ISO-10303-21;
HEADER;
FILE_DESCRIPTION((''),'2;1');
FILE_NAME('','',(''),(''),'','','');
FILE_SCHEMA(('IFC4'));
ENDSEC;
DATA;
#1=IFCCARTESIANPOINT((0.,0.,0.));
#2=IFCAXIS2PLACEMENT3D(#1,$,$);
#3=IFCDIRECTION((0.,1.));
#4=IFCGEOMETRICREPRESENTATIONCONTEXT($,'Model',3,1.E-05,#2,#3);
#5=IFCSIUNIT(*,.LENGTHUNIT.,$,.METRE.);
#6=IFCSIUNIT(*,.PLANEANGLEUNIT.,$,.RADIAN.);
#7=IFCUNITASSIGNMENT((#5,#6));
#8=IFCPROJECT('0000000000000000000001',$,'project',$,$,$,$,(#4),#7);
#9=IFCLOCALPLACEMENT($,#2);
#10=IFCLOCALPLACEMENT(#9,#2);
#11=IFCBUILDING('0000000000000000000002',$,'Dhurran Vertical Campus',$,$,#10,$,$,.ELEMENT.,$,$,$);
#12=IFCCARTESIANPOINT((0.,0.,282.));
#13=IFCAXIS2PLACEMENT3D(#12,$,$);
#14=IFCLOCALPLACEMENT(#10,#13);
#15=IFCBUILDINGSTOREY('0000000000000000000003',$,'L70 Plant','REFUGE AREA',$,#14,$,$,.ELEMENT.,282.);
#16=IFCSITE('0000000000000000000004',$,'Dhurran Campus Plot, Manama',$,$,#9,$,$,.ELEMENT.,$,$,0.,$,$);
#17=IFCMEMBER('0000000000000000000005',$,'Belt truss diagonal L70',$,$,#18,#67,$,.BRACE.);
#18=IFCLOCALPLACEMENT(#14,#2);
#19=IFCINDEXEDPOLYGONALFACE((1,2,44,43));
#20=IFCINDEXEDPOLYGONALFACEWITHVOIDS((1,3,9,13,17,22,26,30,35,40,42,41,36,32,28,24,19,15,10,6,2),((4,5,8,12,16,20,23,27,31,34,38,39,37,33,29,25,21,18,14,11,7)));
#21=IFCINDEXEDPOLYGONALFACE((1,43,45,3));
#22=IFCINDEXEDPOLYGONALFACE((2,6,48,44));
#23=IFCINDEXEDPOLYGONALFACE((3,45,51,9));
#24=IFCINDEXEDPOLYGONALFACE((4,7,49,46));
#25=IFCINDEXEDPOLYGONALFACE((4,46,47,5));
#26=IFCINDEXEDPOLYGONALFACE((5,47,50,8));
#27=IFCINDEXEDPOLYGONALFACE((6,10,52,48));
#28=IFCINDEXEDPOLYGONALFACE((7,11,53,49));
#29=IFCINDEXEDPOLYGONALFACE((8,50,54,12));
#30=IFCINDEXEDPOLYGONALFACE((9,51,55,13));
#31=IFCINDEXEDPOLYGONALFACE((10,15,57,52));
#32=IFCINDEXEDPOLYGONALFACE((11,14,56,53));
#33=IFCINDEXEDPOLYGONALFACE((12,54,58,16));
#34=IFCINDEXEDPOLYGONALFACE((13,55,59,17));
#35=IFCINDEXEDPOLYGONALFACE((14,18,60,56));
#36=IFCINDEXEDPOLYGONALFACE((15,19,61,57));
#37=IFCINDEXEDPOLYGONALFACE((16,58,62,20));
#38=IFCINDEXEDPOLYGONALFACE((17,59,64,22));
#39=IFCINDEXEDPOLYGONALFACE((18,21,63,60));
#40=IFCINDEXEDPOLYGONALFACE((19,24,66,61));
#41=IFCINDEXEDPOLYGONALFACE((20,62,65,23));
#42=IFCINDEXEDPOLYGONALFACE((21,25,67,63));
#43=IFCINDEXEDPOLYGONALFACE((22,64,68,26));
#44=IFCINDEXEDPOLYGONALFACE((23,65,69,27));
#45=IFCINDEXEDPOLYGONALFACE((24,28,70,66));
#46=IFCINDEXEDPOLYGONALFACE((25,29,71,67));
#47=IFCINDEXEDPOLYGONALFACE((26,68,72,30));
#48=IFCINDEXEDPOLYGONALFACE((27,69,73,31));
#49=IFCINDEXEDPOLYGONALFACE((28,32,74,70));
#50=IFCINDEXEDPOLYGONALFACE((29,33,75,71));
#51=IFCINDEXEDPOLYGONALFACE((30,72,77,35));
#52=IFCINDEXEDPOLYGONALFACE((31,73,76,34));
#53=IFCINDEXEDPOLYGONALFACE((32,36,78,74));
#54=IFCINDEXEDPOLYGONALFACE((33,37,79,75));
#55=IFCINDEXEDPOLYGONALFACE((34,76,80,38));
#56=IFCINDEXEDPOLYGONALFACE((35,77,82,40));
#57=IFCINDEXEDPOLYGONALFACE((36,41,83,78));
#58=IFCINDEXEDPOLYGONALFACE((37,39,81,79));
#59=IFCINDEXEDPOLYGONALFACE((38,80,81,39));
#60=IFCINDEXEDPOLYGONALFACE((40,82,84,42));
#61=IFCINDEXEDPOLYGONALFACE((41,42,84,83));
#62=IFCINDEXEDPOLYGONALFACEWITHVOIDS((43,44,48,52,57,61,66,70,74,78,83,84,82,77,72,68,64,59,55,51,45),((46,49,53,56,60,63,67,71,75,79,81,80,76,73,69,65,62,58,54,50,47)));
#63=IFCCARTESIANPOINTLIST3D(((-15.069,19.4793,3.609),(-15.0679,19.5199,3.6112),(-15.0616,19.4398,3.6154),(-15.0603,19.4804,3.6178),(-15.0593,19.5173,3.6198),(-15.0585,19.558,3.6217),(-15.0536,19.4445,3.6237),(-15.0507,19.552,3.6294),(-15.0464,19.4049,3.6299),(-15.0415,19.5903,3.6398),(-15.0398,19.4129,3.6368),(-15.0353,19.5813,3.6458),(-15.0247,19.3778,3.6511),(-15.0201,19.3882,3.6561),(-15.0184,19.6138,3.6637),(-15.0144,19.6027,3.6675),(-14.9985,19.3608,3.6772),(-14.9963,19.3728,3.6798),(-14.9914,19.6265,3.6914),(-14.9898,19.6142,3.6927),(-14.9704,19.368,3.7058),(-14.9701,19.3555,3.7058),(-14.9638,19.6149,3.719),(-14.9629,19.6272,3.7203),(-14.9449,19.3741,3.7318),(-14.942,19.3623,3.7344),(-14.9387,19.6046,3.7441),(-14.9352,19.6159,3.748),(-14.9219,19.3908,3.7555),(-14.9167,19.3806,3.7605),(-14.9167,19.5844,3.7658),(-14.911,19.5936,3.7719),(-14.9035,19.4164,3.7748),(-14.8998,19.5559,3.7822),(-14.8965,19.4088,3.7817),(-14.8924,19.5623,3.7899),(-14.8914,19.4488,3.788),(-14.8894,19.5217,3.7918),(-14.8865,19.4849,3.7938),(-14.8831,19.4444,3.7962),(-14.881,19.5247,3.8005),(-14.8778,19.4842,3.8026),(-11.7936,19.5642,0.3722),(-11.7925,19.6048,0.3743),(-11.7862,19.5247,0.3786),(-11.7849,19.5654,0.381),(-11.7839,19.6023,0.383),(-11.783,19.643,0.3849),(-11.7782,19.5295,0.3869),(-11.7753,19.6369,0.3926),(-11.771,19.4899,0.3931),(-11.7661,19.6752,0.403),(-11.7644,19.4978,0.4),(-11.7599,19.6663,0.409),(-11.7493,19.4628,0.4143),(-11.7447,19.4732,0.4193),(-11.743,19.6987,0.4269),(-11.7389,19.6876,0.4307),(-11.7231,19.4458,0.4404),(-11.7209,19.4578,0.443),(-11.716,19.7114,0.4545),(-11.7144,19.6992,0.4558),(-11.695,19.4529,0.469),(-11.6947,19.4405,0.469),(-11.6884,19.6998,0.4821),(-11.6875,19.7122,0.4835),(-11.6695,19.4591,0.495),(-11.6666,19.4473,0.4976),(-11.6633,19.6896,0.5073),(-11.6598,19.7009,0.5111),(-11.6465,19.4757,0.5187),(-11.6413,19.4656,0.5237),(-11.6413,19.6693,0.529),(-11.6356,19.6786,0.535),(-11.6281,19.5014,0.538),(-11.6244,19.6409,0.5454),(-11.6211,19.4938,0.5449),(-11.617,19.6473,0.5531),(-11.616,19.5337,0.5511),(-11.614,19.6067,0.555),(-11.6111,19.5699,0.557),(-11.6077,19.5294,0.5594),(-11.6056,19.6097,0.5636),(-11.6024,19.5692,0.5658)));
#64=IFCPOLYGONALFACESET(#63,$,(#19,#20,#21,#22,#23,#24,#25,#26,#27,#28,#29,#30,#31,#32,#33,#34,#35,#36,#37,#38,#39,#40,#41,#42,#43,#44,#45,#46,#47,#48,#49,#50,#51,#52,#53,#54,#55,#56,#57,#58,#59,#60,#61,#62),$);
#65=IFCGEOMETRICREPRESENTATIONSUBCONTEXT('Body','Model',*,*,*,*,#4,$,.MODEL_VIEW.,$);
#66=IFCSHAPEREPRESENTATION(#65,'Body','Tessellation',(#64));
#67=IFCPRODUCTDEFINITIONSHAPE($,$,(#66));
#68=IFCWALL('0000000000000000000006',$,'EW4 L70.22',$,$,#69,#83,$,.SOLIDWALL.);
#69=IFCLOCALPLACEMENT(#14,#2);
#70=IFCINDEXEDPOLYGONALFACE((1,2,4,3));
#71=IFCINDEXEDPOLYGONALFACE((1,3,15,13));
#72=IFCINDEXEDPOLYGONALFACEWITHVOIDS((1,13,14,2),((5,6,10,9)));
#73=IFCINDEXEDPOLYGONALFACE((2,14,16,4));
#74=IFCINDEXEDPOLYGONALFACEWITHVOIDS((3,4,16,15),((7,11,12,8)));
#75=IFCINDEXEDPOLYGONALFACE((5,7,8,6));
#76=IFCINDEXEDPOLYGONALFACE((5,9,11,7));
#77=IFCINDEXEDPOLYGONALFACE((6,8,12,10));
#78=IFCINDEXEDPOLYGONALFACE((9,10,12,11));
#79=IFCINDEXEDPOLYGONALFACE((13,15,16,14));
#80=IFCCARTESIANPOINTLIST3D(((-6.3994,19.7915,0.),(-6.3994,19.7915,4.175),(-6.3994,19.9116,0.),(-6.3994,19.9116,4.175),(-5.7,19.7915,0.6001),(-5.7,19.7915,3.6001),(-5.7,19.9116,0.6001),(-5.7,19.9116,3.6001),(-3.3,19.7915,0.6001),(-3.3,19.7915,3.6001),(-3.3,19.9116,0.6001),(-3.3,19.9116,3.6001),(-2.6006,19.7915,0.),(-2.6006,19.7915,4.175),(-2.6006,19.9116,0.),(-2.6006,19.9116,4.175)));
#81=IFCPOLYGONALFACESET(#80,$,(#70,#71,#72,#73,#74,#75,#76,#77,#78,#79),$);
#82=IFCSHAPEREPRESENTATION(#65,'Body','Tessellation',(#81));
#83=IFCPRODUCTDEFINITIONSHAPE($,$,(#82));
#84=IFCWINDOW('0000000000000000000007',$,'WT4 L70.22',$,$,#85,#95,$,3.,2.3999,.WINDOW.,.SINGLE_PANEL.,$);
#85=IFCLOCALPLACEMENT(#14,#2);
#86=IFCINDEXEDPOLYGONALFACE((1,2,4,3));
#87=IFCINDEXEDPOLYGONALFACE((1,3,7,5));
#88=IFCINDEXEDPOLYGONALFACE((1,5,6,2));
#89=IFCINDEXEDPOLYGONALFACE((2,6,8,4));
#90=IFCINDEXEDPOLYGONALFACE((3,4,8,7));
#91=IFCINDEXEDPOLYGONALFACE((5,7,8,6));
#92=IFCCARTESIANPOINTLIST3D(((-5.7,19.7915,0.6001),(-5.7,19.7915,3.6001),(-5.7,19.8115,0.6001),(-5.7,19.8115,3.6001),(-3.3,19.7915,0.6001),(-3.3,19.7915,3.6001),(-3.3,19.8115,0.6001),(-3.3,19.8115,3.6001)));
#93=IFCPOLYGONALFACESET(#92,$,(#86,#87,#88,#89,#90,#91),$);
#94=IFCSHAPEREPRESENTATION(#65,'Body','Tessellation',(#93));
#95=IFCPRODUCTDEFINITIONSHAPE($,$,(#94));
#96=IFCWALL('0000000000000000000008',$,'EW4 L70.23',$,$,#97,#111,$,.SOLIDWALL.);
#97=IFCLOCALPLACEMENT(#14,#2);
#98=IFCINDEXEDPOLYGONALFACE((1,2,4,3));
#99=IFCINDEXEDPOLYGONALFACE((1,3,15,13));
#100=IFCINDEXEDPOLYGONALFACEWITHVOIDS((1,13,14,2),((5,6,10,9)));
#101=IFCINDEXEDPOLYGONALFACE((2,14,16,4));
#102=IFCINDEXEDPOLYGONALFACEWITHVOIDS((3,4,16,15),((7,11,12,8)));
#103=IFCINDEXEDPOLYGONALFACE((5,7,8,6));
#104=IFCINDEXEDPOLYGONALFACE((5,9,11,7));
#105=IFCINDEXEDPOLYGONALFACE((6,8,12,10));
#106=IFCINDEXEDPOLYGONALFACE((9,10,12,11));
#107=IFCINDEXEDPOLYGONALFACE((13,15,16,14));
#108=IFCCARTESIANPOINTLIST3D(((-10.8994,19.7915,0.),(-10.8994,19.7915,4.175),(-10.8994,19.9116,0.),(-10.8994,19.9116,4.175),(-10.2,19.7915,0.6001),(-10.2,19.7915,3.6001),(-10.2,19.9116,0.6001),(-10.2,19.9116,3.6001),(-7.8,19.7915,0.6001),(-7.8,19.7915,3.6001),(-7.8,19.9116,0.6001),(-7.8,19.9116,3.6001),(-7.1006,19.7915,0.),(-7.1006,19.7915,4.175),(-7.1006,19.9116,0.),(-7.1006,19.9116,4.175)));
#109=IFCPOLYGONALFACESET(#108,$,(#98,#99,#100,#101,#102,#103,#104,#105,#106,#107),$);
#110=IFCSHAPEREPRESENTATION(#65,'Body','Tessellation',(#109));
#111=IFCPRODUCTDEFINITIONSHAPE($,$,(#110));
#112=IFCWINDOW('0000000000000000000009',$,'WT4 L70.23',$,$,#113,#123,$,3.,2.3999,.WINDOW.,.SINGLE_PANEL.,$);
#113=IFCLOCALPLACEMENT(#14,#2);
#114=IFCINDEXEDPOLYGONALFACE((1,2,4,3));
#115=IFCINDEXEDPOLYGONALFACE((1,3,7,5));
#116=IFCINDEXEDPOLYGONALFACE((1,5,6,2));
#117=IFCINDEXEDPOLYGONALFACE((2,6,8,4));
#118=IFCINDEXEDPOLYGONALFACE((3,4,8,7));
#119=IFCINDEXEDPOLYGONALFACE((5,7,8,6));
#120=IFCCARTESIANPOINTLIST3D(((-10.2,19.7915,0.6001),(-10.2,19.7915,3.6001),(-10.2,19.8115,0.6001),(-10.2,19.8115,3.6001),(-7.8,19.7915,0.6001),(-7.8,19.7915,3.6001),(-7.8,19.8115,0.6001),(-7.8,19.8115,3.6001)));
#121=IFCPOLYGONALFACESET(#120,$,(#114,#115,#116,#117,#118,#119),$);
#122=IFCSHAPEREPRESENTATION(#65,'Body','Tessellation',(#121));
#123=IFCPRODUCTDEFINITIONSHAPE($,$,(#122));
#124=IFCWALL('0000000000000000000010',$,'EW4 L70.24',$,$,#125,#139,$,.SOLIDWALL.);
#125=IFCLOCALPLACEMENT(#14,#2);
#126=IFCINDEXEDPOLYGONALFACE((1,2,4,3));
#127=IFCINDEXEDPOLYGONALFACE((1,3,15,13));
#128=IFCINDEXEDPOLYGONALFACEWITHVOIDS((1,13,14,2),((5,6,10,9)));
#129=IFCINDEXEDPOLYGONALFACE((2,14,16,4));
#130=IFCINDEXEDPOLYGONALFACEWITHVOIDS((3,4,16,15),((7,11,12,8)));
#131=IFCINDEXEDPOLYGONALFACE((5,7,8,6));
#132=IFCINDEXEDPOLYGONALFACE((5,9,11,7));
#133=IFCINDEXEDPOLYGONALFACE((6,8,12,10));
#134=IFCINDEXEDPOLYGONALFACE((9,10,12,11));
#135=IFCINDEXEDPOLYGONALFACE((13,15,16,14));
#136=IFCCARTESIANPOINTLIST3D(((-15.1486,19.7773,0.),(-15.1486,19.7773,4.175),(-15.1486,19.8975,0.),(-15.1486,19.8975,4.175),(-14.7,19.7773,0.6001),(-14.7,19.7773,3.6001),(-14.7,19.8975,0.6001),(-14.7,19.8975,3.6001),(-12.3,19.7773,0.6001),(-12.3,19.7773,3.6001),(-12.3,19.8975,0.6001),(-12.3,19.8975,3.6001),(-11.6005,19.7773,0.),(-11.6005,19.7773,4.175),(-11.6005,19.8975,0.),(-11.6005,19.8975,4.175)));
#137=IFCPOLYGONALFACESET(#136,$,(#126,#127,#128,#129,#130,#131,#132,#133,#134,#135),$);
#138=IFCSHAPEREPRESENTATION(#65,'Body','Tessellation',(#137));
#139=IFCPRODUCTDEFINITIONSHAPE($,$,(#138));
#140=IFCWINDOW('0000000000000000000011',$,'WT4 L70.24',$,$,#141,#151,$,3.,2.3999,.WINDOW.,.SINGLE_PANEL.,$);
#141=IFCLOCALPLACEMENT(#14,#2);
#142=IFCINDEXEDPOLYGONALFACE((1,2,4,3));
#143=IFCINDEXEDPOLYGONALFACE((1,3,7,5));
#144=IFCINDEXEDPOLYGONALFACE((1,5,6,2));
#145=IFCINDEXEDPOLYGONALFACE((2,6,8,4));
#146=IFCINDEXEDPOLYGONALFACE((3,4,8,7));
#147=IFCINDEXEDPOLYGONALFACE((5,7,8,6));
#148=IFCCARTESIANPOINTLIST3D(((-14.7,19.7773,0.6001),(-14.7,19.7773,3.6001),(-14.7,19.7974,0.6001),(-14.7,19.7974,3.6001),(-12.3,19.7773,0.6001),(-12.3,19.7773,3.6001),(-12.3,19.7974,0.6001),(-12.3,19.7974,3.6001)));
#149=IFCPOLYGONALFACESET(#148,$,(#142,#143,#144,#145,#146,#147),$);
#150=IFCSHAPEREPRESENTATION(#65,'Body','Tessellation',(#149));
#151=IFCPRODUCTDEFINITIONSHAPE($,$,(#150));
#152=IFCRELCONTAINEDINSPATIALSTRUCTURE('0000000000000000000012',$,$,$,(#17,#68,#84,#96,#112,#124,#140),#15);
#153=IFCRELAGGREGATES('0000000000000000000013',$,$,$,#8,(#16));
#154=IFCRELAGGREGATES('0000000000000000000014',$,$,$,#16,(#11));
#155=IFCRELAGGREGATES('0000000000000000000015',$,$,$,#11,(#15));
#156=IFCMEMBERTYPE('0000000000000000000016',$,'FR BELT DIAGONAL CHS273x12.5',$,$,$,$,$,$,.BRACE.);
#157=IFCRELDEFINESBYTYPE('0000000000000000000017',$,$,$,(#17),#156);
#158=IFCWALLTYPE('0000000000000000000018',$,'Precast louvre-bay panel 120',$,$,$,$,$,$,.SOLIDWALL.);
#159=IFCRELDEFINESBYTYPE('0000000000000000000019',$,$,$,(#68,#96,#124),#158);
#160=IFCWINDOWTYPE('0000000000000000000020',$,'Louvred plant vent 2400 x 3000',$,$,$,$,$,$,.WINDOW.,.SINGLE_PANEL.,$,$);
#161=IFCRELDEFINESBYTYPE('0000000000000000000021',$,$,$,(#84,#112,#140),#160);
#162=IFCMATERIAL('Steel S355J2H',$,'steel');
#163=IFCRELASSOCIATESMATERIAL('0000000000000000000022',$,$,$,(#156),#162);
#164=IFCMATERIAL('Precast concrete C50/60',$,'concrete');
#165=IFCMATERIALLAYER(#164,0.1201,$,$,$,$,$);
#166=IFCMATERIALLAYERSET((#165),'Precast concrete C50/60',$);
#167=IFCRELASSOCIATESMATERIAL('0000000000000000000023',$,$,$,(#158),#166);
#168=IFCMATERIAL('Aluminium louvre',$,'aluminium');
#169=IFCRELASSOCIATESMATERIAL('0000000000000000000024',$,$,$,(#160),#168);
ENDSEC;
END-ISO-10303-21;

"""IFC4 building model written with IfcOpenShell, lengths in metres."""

from ifc_helpers import new_model, si_unit, direction, frame, frame_2d, origin, origin_2d, place, context, subcontext, project, spatial, rectangle, hollow_circle, extrude, material, layer, layer_set, material_profile, profile_set, type_object, element, fill, save


model = new_model("IFC4")

# Units and contexts
model_context = context("Model", 3, precision=1e-05, world=origin(), true_north=direction((0.0, 1.0)))
body_context = subcontext(model_context, "Body", "Model", "MODEL_VIEW")
ifc_project = project(units=[si_unit("LENGTHUNIT", "METRE"), si_unit("PLANEANGLEUNIT", "RADIAN")], contexts=[model_context])

# Site, building, storey
site_placement = place(None, origin())
site = spatial("IfcSite", under=ifc_project, at=site_placement, Name="Dhurran Campus Plot, Manama", CompositionType="ELEMENT", RefElevation=0.0)
building_placement = place(site_placement, origin())
building = spatial("IfcBuilding", under=site, at=building_placement, Name="Dhurran Vertical Campus", CompositionType="ELEMENT")
storey_placement = place(building_placement, frame((0.0, 0.0, 282.0)))
storey = spatial("IfcBuildingStorey", under=building, at=storey_placement, Name="L70 Plant", Description="REFUGE AREA", CompositionType="ELEMENT", Elevation=282.0)

# Member
ifc_material_1 = material(Name="Steel S355J2H", Category="steel")
ifc_material_profile_1 = material_profile(ifc_material_1, hollow_circle(Radius=0.1365, WallThickness=0.0125, at=origin_2d()), Name="CHS273x12.5")
ifc_profile_set_1 = profile_set([ifc_material_profile_1], Name="Steel S355J2H")
member_type = type_object("IfcMemberType", Name="FR BELT DIAGONAL CHS273x12.5", PredefinedType="BRACE", material=ifc_profile_set_1)
member_placement = place(storey_placement, frame((-11.6982, 19.5769, 0.469), z_axis=(-0.711162, -0.018447, 0.702786), x_axis=(0.02593, -0.999664, 0.0)))
element("IfcMember", 1, at=member_placement, inside=storey, type_object=member_type, Name="Belt truss diagonal L70", PredefinedType="BRACE", context=body_context, shape_type="SweptSolid", body=[
    extrude(hollow_circle(Radius=0.1365, WallThickness=0.0125, at=origin_2d()), origin(), (0.0, 0.0, 1.0), 4.6057),
])

# Walls, openings, windows
ifc_material_2 = material(Name="Precast concrete C50/60", Category="concrete")
ifc_layer = layer(ifc_material_2, 0.1201)
ifc_layer_set = layer_set([ifc_layer], Name="Precast concrete C50/60")
wall_type = type_object("IfcWallType", Name="Precast louvre-bay panel 120", PredefinedType="SOLIDWALL", material=ifc_layer_set)
wall_1_placement = place(storey_placement, frame((-2.6006, 19.8516, 0.0), z_axis=(0.0, 0.0, 1.0), x_axis=(-1.0, 0.0, 0.0)))
wall_1 = element("IfcWall", 2, at=wall_1_placement, inside=storey, type_object=wall_type, Name="EW4 L70.22", PredefinedType="SOLIDWALL", context=body_context, shape_type="SweptSolid", body=[
    extrude(rectangle(XDim=3.7988, YDim=0.1201, at=frame_2d((1.8994, 0.0))), origin(), (0.0, 0.0, 1.0), 4.175),
])
opening_1_placement = place(wall_1_placement, frame((0.6995, 0.0, 0.6001)))
opening_1 = element("IfcOpeningElement", 3, at=opening_1_placement, cuts=wall_1, PredefinedType="OPENING", context=body_context, shape_type="SweptSolid", body=[
    extrude(rectangle(XDim=2.3999, YDim=3.0, at=frame_2d((1.2, 1.5))), frame((0.0, 0.0701, 0.0), z_axis=(0.0, -1.0, 0.0), x_axis=(1.0, 0.0, 0.0)), (0.0, 0.0, 1.0), 0.1401),
])
ifc_material_3 = material(Name="Aluminium louvre", Category="aluminium")
window_type = type_object("IfcWindowType", Name="Louvred plant vent 2400 x 3000", PartitioningType="SINGLE_PANEL", PredefinedType="WINDOW", material=ifc_material_3)
window_1_placement = place(opening_1_placement, origin())
window_1 = element("IfcWindow", 4, at=window_1_placement, inside=storey, type_object=window_type, Name="WT4 L70.22", OverallHeight=3.0, OverallWidth=2.3999, PartitioningType="SINGLE_PANEL", PredefinedType="WINDOW", context=body_context, shape_type="SweptSolid", body=[
    extrude(rectangle(XDim=2.3999, YDim=3.0, at=frame_2d((1.2, 1.5))), frame((0.0, 0.0601, 0.0), z_axis=(0.0, -1.0, 0.0), x_axis=(1.0, 0.0, 0.0)), (0.0, 0.0, 1.0), 0.02),
])
fill(opening_1, window_1)
wall_2_placement = place(storey_placement, frame((-7.1006, 19.8516, 0.0), z_axis=(0.0, 0.0, 1.0), x_axis=(-1.0, 0.0, 0.0)))
wall_2 = element("IfcWall", 5, at=wall_2_placement, inside=storey, type_object=wall_type, Name="EW4 L70.23", PredefinedType="SOLIDWALL", context=body_context, shape_type="SweptSolid", body=[
    extrude(rectangle(XDim=3.7988, YDim=0.1201, at=frame_2d((1.8994, 0.0))), origin(), (0.0, 0.0, 1.0), 4.175),
])
opening_2_placement = place(wall_2_placement, frame((0.6995, 0.0, 0.6001)))
opening_2 = element("IfcOpeningElement", 6, at=opening_2_placement, cuts=wall_2, PredefinedType="OPENING", context=body_context, shape_type="SweptSolid", body=[
    extrude(rectangle(XDim=2.3999, YDim=3.0, at=frame_2d((1.2, 1.5))), frame((0.0, 0.0701, 0.0), z_axis=(0.0, -1.0, 0.0), x_axis=(1.0, 0.0, 0.0)), (0.0, 0.0, 1.0), 0.1401),
])
window_2_placement = place(opening_2_placement, origin())
window_2 = element("IfcWindow", 7, at=window_2_placement, inside=storey, type_object=window_type, Name="WT4 L70.23", OverallHeight=3.0, OverallWidth=2.3999, PartitioningType="SINGLE_PANEL", PredefinedType="WINDOW", context=body_context, shape_type="SweptSolid", body=[
    extrude(rectangle(XDim=2.3999, YDim=3.0, at=frame_2d((1.2, 1.5))), frame((0.0, 0.0601, 0.0), z_axis=(0.0, -1.0, 0.0), x_axis=(1.0, 0.0, 0.0)), (0.0, 0.0, 1.0), 0.02),
])
fill(opening_2, window_2)
wall_3_placement = place(storey_placement, frame((-11.6006, 19.8374, 0.0), z_axis=(0.0, 0.0, 1.0), x_axis=(-1.0, 0.0, 0.0)))
wall_3 = element("IfcWall", 8, at=wall_3_placement, inside=storey, type_object=wall_type, Name="EW4 L70.24", PredefinedType="SOLIDWALL", context=body_context, shape_type="SweptSolid", body=[
    extrude(rectangle(XDim=3.5481, YDim=0.1201, at=frame_2d((1.7739, 0.0))), origin(), (0.0, 0.0, 1.0), 4.175),
])
opening_3_placement = place(wall_3_placement, frame((0.6995, 0.0, 0.6001)))
opening_3 = element("IfcOpeningElement", 9, at=opening_3_placement, cuts=wall_3, PredefinedType="OPENING", context=body_context, shape_type="SweptSolid", body=[
    extrude(rectangle(XDim=2.3999, YDim=3.0, at=frame_2d((1.2, 1.5))), frame((0.0, 0.0701, 0.0), z_axis=(0.0, -1.0, 0.0), x_axis=(1.0, 0.0, 0.0)), (0.0, 0.0, 1.0), 0.1401),
])
window_3_placement = place(opening_3_placement, origin())
window_3 = element("IfcWindow", 10, at=window_3_placement, inside=storey, type_object=window_type, Name="WT4 L70.24", OverallHeight=3.0, OverallWidth=2.3999, PartitioningType="SINGLE_PANEL", PredefinedType="WINDOW", context=body_context, shape_type="SweptSolid", body=[
    extrude(rectangle(XDim=2.3999, YDim=3.0, at=frame_2d((1.2, 1.5))), frame((0.0, 0.0601, 0.0), z_axis=(0.0, -1.0, 0.0), x_axis=(1.0, 0.0, 0.0)), (0.0, 0.0, 1.0), 0.02),
])
fill(opening_3, window_3)

save(model, "model.ifc")
